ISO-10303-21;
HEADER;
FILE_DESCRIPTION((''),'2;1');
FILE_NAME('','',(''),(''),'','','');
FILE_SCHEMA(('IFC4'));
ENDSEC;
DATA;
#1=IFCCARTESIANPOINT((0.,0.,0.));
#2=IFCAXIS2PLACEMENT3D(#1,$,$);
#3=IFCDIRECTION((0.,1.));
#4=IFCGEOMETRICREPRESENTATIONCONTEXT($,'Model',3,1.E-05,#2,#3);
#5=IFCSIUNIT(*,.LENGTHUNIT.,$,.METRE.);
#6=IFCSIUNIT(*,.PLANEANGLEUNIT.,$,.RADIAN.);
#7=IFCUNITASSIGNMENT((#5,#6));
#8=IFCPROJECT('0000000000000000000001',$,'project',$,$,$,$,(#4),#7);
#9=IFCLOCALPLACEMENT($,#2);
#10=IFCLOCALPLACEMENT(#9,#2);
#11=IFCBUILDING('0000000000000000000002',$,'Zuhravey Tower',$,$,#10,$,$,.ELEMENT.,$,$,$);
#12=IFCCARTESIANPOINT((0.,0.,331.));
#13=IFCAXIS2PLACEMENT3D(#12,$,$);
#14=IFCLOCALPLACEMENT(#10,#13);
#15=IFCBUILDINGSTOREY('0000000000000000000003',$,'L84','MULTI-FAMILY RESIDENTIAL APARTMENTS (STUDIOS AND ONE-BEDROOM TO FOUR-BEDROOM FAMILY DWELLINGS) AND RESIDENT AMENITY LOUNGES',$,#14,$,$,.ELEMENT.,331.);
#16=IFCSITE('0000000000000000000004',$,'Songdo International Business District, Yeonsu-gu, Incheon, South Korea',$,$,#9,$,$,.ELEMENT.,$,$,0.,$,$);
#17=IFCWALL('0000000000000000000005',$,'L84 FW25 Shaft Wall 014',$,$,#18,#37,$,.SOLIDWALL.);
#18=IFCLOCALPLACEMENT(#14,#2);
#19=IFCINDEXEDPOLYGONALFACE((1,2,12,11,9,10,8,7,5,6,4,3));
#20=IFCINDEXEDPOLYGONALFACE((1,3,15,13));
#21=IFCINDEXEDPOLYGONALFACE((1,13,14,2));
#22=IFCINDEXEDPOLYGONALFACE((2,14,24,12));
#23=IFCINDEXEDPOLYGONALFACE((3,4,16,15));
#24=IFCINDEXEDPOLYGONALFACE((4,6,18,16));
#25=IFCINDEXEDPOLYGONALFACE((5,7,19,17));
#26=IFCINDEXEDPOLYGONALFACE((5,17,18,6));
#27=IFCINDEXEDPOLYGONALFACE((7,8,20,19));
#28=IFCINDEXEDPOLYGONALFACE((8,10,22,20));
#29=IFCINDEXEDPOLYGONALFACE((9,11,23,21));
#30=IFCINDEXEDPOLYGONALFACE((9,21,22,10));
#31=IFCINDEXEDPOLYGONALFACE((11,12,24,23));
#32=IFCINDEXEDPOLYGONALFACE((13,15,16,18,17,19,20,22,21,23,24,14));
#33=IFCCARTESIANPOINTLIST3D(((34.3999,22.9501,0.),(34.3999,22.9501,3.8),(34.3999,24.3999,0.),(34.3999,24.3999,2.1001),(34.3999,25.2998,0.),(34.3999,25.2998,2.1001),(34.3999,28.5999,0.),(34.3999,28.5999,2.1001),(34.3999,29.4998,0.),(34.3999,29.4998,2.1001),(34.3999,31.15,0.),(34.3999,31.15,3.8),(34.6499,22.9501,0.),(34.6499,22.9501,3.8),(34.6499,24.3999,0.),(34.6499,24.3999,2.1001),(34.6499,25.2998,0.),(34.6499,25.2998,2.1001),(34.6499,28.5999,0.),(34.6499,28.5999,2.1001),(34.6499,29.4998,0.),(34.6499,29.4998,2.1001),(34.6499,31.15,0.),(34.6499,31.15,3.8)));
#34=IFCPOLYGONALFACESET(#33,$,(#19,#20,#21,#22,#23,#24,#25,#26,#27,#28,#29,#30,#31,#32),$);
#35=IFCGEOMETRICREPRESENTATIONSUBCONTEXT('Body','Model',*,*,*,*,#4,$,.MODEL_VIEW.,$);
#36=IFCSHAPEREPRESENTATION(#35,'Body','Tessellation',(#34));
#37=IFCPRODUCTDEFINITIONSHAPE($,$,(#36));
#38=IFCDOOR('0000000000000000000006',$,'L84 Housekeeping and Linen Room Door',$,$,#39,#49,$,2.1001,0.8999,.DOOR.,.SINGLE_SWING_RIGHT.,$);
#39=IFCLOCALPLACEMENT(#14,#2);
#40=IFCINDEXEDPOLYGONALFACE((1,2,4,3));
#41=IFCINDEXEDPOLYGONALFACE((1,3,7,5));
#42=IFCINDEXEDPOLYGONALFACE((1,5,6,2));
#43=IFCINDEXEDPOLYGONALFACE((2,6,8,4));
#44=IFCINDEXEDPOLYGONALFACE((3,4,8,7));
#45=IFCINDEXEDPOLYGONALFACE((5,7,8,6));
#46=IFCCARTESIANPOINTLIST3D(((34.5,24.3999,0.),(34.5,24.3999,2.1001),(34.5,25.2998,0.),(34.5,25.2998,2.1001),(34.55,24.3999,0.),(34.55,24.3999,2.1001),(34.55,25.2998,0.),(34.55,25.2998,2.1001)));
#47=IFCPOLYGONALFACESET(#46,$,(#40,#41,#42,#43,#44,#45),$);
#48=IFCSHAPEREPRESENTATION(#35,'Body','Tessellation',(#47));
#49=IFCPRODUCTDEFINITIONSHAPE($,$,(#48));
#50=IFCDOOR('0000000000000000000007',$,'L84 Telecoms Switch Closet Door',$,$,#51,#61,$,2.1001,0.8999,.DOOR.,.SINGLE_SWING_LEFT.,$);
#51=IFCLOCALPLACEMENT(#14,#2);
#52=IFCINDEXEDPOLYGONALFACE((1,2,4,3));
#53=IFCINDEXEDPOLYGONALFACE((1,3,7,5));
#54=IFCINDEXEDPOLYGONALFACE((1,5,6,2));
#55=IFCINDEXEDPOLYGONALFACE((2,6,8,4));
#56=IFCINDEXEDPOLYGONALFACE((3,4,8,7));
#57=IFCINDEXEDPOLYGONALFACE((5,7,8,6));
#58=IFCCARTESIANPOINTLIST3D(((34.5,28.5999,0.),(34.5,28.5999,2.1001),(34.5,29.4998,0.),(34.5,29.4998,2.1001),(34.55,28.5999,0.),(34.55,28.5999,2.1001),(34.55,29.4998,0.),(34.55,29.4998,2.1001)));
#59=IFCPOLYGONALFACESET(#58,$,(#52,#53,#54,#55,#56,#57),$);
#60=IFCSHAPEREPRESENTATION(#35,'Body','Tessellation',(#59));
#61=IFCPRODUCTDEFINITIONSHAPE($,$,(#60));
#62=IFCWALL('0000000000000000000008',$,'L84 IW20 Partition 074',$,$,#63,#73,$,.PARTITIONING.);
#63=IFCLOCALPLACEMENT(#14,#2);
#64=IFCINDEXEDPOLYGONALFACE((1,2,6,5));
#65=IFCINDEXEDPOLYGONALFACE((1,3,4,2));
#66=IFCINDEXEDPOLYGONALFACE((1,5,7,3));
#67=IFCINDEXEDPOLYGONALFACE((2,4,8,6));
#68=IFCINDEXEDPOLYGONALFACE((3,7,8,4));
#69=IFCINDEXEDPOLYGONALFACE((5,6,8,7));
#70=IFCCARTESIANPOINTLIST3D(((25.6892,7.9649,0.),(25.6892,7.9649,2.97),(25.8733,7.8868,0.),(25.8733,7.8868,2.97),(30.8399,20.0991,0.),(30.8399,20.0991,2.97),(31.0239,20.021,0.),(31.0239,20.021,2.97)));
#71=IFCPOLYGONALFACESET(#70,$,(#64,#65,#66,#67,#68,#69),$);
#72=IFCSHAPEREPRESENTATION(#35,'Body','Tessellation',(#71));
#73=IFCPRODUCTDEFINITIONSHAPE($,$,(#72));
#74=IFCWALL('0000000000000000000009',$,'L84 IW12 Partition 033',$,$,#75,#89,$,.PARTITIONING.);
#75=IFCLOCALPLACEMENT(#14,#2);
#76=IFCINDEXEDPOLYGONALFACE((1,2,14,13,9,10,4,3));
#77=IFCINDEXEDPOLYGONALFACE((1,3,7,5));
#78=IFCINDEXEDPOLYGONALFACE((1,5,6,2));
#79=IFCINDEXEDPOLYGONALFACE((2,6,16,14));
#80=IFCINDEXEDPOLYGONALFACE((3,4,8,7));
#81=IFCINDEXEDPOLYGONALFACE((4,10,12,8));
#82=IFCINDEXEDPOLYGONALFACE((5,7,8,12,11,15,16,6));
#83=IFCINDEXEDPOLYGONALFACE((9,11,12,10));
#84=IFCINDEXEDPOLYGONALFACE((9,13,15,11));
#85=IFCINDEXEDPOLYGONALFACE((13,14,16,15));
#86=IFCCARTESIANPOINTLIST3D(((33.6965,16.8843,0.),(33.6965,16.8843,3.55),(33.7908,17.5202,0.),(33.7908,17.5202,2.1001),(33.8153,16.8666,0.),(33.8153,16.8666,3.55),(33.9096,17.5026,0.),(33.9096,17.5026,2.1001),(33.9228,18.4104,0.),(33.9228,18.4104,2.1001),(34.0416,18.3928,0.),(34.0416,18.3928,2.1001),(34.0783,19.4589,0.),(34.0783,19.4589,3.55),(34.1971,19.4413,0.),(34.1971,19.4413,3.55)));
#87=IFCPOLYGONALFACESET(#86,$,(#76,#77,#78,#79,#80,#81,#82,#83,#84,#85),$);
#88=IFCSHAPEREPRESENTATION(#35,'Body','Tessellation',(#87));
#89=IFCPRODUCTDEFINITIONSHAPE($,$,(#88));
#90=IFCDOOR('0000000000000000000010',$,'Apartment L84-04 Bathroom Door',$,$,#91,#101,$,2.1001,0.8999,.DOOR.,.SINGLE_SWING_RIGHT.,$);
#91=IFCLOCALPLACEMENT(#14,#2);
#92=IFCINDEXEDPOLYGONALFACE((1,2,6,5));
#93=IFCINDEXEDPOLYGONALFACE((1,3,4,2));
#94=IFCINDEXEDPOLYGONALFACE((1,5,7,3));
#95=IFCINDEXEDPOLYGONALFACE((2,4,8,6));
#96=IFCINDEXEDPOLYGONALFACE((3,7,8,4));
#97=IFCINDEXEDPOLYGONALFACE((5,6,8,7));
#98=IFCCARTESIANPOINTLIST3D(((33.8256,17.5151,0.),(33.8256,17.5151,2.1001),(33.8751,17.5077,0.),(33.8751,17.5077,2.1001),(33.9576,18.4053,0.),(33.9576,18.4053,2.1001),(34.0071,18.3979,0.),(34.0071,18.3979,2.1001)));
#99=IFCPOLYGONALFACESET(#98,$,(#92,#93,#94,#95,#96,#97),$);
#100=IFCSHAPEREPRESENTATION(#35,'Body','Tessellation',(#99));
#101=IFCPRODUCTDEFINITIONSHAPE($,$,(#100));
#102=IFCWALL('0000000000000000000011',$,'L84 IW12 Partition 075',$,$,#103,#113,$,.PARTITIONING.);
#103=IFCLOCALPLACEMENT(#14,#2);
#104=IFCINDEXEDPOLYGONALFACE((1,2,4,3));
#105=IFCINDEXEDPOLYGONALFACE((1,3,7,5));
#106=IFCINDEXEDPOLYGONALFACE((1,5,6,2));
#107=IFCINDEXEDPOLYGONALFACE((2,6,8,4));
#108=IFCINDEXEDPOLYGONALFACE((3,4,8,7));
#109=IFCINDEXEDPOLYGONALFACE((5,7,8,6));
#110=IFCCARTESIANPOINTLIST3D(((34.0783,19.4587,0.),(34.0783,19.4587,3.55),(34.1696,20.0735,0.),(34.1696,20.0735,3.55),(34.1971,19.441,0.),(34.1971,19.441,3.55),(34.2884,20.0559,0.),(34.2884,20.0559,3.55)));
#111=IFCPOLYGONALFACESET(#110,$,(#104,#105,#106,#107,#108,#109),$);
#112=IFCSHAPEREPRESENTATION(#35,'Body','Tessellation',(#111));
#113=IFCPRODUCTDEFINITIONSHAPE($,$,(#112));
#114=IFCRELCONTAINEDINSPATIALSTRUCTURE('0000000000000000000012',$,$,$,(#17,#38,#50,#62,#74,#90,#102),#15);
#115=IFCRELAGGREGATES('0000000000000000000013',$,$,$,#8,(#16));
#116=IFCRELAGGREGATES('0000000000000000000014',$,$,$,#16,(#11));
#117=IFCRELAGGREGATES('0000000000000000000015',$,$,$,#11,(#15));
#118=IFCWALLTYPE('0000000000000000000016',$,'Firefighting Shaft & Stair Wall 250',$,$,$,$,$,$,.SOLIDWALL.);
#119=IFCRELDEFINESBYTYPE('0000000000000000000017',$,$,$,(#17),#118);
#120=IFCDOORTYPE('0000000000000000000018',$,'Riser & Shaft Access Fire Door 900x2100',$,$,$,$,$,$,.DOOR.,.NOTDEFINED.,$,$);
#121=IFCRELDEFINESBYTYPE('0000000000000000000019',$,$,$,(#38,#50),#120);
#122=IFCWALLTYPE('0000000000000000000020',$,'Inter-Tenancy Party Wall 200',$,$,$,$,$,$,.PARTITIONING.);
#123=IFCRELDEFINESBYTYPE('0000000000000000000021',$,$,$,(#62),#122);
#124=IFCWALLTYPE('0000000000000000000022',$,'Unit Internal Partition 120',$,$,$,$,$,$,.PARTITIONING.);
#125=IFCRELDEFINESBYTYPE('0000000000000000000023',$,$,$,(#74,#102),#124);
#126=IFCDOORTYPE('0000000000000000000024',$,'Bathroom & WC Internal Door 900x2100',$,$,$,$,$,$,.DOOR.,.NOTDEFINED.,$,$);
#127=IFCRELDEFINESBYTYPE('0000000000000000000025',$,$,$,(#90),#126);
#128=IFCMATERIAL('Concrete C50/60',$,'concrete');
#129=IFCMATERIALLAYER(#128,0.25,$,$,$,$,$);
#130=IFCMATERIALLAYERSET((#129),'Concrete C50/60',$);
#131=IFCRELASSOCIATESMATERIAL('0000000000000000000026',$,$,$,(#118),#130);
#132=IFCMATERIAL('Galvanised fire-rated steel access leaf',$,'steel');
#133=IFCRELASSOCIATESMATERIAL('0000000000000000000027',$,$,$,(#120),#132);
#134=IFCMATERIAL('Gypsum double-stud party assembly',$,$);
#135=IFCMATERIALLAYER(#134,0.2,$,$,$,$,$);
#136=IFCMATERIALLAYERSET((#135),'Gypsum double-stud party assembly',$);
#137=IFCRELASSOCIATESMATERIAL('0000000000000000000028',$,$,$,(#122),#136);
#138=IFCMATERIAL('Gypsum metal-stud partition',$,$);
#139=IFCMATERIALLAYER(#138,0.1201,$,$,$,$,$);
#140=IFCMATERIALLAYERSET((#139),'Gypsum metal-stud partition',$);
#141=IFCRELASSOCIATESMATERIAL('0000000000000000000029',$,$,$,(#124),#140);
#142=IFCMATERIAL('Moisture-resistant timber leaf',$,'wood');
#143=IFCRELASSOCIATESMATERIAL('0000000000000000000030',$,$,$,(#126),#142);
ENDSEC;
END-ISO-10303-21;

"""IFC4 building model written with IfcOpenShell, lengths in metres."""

from ifc_helpers import new_model, si_unit, direction, frame, frame_2d, origin, place, context, subcontext, project, spatial, rectangle, extrude, material, layer, layer_set, type_object, element, fill, save


model = new_model("IFC4")

# Units and contexts
model_context = context("Model", 3, precision=1e-05, world=origin(), true_north=direction((0.0, 1.0)))
body_context = subcontext(model_context, "Body", "Model", "MODEL_VIEW")
ifc_project = project(units=[si_unit("LENGTHUNIT", "METRE"), si_unit("PLANEANGLEUNIT", "RADIAN")], contexts=[model_context])

# Site, building, storey
site_placement = place(None, origin())
site = spatial("IfcSite", under=ifc_project, at=site_placement, Name="Songdo International Business District, Yeonsu-gu, Incheon, South Korea", CompositionType="ELEMENT", RefElevation=0.0)
building_placement = place(site_placement, origin())
building = spatial("IfcBuilding", under=site, at=building_placement, Name="Zuhravey Tower", CompositionType="ELEMENT")
storey_placement = place(building_placement, frame((0.0, 0.0, 331.0)))
storey = spatial("IfcBuildingStorey", under=building, at=storey_placement, Name="L84", Description="MULTI-FAMILY RESIDENTIAL APARTMENTS (STUDIOS AND ONE-BEDROOM TO FOUR-BEDROOM FAMILY DWELLINGS) AND RESIDENT AMENITY LOUNGES", CompositionType="ELEMENT", Elevation=331.0)

# Shared definitions
ifc_material_1 = material(Name="Concrete C50/60", Category="concrete")
ifc_layer_1 = layer(ifc_material_1, 0.25)
ifc_layer_set_1 = layer_set([ifc_layer_1], Name="Concrete C50/60")
wall_type_1 = type_object("IfcWallType", Name="Firefighting Shaft & Stair Wall 250", PredefinedType="SOLIDWALL", material=ifc_layer_set_1)

# Shared definitions
ifc_material_2 = material(Name="Galvanised fire-rated steel access leaf", Category="steel")
door_type_1 = type_object("IfcDoorType", Name="Riser & Shaft Access Fire Door 900x2100", OperationType="NOTDEFINED", PredefinedType="DOOR", material=ifc_material_2)

# Wall, openings, doors
wall_1_placement = place(storey_placement, frame((34.5249, 22.95, 0.0), z_axis=(0.0, 0.0, 1.0), x_axis=(0.0, 1.0, 0.0)))
wall_1 = element("IfcWall", 1, at=wall_1_placement, inside=storey, type_object=wall_type_1, Name="L84 FW25 Shaft Wall 014", PredefinedType="SOLIDWALL", context=body_context, shape_type="SweptSolid", body=[
    extrude(rectangle(XDim=8.2, YDim=0.25, at=frame_2d((4.1001, 0.0))), origin(), (0.0, 0.0, 1.0), 3.8),
])
opening_1_placement = place(wall_1_placement, frame((1.45, 0.0, 0.0)))
opening_1 = element("IfcOpeningElement", 2, at=opening_1_placement, cuts=wall_1, PredefinedType="OPENING", context=body_context, shape_type="SweptSolid", body=[
    extrude(rectangle(XDim=0.8999, YDim=2.1001, at=frame_2d((0.45, 1.05))), frame((0.0, 0.137, 0.0), z_axis=(0.0, -1.0, 0.0), x_axis=(1.0, 0.0, 0.0)), (0.0, 0.0, 1.0), 0.2739),
])
opening_2_placement = place(wall_1_placement, frame((5.6499, 0.0, 0.0)))
opening_2 = element("IfcOpeningElement", 3, at=opening_2_placement, cuts=wall_1, PredefinedType="OPENING", context=body_context, shape_type="SweptSolid", body=[
    extrude(rectangle(XDim=0.8999, YDim=2.1001, at=frame_2d((0.45, 1.05))), frame((0.0, 0.137, 0.0), z_axis=(0.0, -1.0, 0.0), x_axis=(1.0, 0.0, 0.0)), (0.0, 0.0, 1.0), 0.2739),
])
door_1_placement = place(opening_1_placement, origin())
door_1 = element("IfcDoor", 4, at=door_1_placement, inside=storey, type_object=door_type_1, Name="L84 Housekeeping and Linen Room Door", OperationType="SINGLE_SWING_RIGHT", OverallHeight=2.1001, OverallWidth=0.8999, PredefinedType="DOOR", context=body_context, shape_type="SweptSolid", body=[
    extrude(rectangle(XDim=0.8999, YDim=2.1001, at=frame_2d((0.45, 1.05))), frame((0.0, 0.0249, 0.0), z_axis=(0.0, -1.0, 0.0), x_axis=(1.0, 0.0, 0.0)), (0.0, 0.0, 1.0), 0.05),
])
fill(opening_1, door_1)
door_2_placement = place(opening_2_placement, origin())
door_2 = element("IfcDoor", 5, at=door_2_placement, inside=storey, type_object=door_type_1, Name="L84 Telecoms Switch Closet Door", OperationType="SINGLE_SWING_LEFT", OverallHeight=2.1001, OverallWidth=0.8999, PredefinedType="DOOR", context=body_context, shape_type="SweptSolid", body=[
    extrude(rectangle(XDim=0.8999, YDim=2.1001, at=frame_2d((0.45, 1.05))), frame((0.0, 0.0249, 0.0), z_axis=(0.0, -1.0, 0.0), x_axis=(1.0, 0.0, 0.0)), (0.0, 0.0, 1.0), 0.05),
])
fill(opening_2, door_2)

# Wall
ifc_material_3 = material(Name="Gypsum double-stud party assembly")
ifc_layer_2 = layer(ifc_material_3, 0.2)
ifc_layer_set_2 = layer_set([ifc_layer_2], Name="Gypsum double-stud party assembly")
wall_type_2 = type_object("IfcWallType", Name="Inter-Tenancy Party Wall 200", PredefinedType="PARTITIONING", material=ifc_layer_set_2)
wall_2_placement = place(storey_placement, frame((30.9319, 20.0601, 0.0), z_axis=(0.0, 0.0, 1.0), x_axis=(-0.390727, -0.920507, 0.0)))
element("IfcWall", 6, at=wall_2_placement, inside=storey, type_object=wall_type_2, Name="L84 IW20 Partition 074", PredefinedType="PARTITIONING", context=body_context, shape_type="SweptSolid", body=[
    extrude(rectangle(XDim=13.1821, YDim=0.2, at=frame_2d((6.5911, 0.0))), origin(), (0.0, 0.0, 1.0), 2.97),
])

# Wall, opening, door
ifc_material_4 = material(Name="Gypsum metal-stud partition")
ifc_layer_3 = layer(ifc_material_4, 0.1201)
ifc_layer_set_3 = layer_set([ifc_layer_3], Name="Gypsum metal-stud partition")
wall_type_3 = type_object("IfcWallType", Name="Unit Internal Partition 120", PredefinedType="PARTITIONING", material=ifc_layer_set_3)
wall_3_placement = place(storey_placement, frame((34.1377, 19.45, 0.0), z_axis=(0.0, 0.0, 1.0), x_axis=(-0.146698, -0.989181, 0.0)))
wall_3 = element("IfcWall", 7, at=wall_3_placement, inside=storey, type_object=wall_type_3, Name="L84 IW12 Partition 033", PredefinedType="PARTITIONING", context=body_context, shape_type="SweptSolid", body=[
    extrude(rectangle(XDim=2.6028, YDim=0.1201, at=frame_2d((1.3013, 0.0))), origin(), (0.0, 0.0, 1.0), 3.55),
])
opening_3_placement = place(wall_3_placement, frame((1.0598, 0.0, 0.0)))
opening_3 = element("IfcOpeningElement", 8, at=opening_3_placement, cuts=wall_3, PredefinedType="OPENING", context=body_context, shape_type="SweptSolid", body=[
    extrude(rectangle(XDim=0.8999, YDim=2.1001, at=frame_2d((0.45, 1.05))), frame((0.0, 0.072, 0.0), z_axis=(0.0, -1.0, 0.0), x_axis=(1.0, 0.0, 0.0)), (0.0, 0.0, 1.0), 0.144),
])
ifc_material_5 = material(Name="Moisture-resistant timber leaf", Category="wood")
door_type_2 = type_object("IfcDoorType", Name="Bathroom & WC Internal Door 900x2100", OperationType="NOTDEFINED", PredefinedType="DOOR", material=ifc_material_5)
door_3_placement = place(opening_3_placement, frame((0.8999, 0.0, 0.0), z_axis=(0.0, 0.0, 1.0), x_axis=(-1.0, 0.0, 0.0)))
door_3 = element("IfcDoor", 9, at=door_3_placement, inside=storey, type_object=door_type_2, Name="Apartment L84-04 Bathroom Door", OperationType="SINGLE_SWING_RIGHT", OverallHeight=2.1001, OverallWidth=0.8999, PredefinedType="DOOR", context=body_context, shape_type="SweptSolid", body=[
    extrude(rectangle(XDim=0.8999, YDim=2.1001, at=frame_2d((0.45, 1.05))), frame((0.0, 0.0249, 0.0), z_axis=(0.0, -1.0, 0.0), x_axis=(1.0, 0.0, 0.0)), (0.0, 0.0, 1.0), 0.05),
])
fill(opening_3, door_3)

# Wall
wall_4_placement = place(storey_placement, frame((34.229, 20.0647, 0.0), z_axis=(0.0, 0.0, 1.0), x_axis=(-0.146919, -0.989149, 0.0)))
element("IfcWall", 10, at=wall_4_placement, inside=storey, type_object=wall_type_3, Name="L84 IW12 Partition 075", PredefinedType="PARTITIONING", context=body_context, shape_type="SweptSolid", body=[
    extrude(rectangle(XDim=0.6216, YDim=0.1201, at=frame_2d((0.3108, 0.0))), origin(), (0.0, 0.0, 1.0), 3.55),
])

save(model, "model.ifc")
